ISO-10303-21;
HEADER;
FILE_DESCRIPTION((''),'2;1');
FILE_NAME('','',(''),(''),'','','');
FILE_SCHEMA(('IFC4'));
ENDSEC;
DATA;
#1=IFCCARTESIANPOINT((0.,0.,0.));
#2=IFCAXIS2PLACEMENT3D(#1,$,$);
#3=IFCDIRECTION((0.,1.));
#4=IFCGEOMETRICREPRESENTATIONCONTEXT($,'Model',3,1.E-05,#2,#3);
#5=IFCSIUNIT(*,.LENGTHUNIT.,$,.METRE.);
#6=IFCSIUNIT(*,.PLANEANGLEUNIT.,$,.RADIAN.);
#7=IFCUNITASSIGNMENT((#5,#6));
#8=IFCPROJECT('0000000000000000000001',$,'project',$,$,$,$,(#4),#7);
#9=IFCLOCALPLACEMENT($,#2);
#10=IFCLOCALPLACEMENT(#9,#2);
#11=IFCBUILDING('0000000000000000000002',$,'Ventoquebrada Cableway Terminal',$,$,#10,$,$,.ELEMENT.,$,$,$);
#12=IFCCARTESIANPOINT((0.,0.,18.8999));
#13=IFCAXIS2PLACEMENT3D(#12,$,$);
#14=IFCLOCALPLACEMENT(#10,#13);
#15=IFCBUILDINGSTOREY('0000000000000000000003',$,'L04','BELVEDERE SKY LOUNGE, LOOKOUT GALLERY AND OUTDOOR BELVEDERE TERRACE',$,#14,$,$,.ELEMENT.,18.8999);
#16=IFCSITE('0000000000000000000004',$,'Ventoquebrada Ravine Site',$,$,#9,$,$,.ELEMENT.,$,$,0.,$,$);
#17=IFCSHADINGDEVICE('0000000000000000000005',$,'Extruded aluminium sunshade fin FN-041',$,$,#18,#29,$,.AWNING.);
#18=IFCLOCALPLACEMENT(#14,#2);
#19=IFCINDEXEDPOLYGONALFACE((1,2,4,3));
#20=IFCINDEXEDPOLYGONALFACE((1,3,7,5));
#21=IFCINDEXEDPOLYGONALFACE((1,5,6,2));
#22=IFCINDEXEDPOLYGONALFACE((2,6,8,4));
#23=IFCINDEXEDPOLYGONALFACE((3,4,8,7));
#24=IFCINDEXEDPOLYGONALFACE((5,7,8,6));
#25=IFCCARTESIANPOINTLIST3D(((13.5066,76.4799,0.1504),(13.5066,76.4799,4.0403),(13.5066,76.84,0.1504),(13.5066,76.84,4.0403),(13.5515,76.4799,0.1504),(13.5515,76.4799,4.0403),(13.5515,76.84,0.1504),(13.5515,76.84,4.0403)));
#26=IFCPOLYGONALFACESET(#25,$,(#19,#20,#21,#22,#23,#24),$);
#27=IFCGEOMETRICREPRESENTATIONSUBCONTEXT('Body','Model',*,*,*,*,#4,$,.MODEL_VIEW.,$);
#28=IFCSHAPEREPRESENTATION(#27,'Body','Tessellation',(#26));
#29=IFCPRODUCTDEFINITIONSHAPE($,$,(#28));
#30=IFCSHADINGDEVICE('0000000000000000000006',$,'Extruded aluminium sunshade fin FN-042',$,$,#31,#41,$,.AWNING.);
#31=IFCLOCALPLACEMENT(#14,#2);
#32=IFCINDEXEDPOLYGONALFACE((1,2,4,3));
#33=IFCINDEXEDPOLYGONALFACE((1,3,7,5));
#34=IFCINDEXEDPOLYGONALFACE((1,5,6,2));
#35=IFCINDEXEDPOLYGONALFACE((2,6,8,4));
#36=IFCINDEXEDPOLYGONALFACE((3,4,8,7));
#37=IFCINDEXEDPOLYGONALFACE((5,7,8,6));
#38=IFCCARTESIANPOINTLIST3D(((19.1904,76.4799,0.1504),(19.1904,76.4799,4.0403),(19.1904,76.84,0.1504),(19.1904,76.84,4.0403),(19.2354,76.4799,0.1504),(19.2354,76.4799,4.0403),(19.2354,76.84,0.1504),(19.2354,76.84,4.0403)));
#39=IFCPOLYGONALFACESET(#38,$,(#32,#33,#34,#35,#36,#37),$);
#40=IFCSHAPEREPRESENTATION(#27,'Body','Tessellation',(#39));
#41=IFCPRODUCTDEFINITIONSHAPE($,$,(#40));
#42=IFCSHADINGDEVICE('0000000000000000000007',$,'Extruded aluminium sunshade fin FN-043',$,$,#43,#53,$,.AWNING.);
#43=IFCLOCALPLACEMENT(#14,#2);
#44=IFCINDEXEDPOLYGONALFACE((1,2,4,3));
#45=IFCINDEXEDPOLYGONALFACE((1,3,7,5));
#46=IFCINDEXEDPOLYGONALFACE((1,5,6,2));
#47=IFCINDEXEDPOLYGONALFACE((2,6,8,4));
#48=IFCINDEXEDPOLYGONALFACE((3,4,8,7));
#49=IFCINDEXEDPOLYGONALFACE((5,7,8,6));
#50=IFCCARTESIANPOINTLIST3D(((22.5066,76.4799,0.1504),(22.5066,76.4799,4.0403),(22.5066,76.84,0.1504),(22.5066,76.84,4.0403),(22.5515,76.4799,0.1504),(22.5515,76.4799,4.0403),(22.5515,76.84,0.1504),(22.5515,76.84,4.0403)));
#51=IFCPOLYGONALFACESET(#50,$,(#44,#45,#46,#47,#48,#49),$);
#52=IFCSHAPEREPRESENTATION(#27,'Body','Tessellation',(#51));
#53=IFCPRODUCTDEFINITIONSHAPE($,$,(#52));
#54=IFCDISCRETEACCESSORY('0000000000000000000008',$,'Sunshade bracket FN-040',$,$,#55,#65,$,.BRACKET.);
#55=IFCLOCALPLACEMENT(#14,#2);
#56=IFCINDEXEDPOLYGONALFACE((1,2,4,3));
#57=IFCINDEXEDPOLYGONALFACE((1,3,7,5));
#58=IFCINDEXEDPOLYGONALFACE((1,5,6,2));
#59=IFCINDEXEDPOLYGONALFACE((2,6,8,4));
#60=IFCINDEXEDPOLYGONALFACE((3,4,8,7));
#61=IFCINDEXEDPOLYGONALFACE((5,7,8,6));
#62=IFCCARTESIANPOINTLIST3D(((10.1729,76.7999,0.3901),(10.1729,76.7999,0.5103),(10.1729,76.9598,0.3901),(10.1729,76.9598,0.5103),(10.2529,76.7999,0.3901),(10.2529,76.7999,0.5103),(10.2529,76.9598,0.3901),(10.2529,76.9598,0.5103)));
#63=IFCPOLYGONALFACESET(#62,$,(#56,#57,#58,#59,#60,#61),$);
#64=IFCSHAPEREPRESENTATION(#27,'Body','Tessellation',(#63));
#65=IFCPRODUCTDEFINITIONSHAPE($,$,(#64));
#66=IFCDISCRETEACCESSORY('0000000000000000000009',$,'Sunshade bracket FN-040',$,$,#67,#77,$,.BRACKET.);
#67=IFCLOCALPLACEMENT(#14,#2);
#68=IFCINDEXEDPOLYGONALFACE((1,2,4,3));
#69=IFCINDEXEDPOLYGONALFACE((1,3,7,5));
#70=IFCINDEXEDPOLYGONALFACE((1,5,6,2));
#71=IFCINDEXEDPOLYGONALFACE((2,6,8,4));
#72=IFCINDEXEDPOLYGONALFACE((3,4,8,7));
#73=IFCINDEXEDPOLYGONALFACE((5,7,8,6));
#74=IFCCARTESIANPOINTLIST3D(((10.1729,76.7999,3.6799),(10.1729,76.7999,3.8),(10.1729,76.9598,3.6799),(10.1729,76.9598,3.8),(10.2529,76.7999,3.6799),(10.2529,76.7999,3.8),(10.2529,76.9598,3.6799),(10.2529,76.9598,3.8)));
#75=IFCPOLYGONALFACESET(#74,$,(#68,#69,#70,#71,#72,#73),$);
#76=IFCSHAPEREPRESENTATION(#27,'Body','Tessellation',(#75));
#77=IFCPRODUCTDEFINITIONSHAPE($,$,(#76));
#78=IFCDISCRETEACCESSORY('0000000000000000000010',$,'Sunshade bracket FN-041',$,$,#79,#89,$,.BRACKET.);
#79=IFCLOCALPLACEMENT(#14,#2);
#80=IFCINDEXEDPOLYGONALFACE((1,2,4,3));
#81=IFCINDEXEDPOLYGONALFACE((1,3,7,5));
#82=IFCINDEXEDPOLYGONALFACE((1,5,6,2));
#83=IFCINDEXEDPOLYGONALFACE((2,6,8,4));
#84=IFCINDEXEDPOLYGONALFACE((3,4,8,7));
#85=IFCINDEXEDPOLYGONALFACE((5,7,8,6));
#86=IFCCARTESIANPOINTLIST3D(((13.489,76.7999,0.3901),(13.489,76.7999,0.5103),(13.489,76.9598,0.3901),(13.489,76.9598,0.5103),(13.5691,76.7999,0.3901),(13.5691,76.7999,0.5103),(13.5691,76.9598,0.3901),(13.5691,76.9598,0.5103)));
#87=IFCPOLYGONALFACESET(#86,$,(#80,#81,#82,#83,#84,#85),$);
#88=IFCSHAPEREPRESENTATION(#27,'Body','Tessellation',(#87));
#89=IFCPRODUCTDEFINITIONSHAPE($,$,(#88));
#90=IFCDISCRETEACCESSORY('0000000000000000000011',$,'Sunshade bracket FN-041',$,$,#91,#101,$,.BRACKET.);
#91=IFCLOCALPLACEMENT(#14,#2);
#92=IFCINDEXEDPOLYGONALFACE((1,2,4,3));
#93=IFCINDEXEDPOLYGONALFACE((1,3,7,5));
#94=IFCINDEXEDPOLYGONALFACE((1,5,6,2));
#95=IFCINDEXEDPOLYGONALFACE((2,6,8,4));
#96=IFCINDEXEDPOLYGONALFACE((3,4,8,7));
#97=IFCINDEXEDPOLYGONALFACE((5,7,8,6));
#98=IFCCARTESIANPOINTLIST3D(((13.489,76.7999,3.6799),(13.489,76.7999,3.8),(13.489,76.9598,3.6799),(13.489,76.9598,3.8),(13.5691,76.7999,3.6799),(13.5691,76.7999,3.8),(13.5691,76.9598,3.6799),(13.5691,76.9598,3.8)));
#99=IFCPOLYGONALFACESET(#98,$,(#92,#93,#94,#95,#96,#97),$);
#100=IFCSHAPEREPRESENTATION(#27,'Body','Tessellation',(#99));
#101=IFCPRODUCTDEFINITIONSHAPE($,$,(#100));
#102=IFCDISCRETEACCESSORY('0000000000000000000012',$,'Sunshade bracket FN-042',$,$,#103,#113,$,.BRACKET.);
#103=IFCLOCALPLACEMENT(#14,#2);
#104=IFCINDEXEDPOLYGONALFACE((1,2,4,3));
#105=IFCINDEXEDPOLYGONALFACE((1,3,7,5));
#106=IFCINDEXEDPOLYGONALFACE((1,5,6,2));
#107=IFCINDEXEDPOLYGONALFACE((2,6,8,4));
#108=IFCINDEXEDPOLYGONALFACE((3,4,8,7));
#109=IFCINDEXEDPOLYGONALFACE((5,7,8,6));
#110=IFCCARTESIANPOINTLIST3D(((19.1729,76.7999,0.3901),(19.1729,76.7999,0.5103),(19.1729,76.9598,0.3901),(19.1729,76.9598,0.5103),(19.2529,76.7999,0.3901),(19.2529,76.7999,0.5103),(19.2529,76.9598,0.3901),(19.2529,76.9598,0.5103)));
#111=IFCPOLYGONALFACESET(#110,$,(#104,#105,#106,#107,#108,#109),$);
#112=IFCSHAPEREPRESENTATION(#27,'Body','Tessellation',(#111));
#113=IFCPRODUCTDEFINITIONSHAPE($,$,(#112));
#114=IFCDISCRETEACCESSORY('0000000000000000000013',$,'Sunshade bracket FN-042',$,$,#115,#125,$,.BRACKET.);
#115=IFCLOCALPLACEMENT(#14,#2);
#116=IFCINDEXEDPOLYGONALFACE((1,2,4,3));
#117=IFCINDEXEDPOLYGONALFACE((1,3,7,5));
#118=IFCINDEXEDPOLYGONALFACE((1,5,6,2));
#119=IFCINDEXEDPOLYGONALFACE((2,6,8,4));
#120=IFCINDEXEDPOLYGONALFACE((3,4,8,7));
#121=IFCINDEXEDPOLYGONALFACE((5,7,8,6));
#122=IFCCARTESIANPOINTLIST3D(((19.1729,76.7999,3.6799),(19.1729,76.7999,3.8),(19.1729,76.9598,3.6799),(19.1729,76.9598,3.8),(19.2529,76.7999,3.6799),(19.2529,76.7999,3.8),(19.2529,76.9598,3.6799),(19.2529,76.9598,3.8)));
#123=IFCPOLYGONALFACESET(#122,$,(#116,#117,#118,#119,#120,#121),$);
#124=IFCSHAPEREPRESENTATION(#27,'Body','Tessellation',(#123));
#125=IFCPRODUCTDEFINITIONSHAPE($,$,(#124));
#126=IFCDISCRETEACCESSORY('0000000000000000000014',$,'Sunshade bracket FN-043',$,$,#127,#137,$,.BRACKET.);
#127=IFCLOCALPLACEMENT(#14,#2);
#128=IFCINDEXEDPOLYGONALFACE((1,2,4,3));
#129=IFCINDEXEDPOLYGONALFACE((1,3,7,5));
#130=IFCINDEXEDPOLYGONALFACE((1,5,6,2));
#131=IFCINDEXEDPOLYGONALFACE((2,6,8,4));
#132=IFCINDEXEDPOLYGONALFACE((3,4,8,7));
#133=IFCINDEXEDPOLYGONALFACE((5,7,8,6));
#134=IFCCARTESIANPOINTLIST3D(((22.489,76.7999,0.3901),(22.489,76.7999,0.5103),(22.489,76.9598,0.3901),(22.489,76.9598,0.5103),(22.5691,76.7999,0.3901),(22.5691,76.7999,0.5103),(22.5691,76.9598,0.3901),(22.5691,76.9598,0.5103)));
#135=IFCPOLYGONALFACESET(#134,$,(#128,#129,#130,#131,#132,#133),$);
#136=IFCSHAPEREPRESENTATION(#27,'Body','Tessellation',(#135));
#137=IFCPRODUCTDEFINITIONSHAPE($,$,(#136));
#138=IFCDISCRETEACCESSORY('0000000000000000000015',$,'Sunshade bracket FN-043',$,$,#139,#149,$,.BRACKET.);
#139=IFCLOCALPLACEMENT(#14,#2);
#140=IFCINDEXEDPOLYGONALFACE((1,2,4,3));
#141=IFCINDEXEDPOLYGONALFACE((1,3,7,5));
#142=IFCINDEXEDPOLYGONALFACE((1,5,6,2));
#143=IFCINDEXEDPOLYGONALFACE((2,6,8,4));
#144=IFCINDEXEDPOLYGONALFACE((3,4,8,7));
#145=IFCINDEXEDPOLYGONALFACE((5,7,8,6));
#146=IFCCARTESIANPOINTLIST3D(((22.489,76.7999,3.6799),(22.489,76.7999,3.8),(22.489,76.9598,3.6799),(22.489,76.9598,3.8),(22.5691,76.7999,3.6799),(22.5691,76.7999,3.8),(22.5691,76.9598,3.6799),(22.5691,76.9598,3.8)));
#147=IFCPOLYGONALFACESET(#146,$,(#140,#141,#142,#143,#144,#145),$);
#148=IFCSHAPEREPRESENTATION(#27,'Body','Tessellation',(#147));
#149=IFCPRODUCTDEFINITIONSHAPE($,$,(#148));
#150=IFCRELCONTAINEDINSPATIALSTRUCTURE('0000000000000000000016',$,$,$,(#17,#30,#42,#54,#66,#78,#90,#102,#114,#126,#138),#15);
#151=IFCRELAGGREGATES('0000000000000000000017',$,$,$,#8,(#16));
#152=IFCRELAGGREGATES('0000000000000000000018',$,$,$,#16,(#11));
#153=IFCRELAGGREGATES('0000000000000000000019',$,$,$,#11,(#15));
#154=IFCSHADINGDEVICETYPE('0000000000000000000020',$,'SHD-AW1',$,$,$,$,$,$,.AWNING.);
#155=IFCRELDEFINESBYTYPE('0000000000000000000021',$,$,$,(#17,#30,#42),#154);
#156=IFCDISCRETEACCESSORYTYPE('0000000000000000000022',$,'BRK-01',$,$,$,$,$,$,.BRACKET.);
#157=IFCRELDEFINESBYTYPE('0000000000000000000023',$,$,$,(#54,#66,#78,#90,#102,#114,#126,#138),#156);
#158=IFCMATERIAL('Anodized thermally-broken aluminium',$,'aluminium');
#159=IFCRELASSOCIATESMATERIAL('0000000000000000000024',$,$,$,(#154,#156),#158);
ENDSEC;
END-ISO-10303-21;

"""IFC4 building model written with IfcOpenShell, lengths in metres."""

from ifc_helpers import new_model, si_unit, direction, frame, origin, origin_2d, place, context, subcontext, project, spatial, rectangle, extrude, material, type_object, element, save


model = new_model("IFC4")

# Units and contexts
model_context = context("Model", 3, precision=1e-05, world=origin(), true_north=direction((0.0, 1.0)))
body_context = subcontext(model_context, "Body", "Model", "MODEL_VIEW")
ifc_project = project(units=[si_unit("LENGTHUNIT", "METRE"), si_unit("PLANEANGLEUNIT", "RADIAN")], contexts=[model_context])

# Site, building, storey
site_placement = place(None, origin())
site = spatial("IfcSite", under=ifc_project, at=site_placement, Name="Ventoquebrada Ravine Site", CompositionType="ELEMENT", RefElevation=0.0)
building_placement = place(site_placement, origin())
building = spatial("IfcBuilding", under=site, at=building_placement, Name="Ventoquebrada Cableway Terminal", CompositionType="ELEMENT")
storey_placement = place(building_placement, frame((0.0, 0.0, 18.8999)))
storey = spatial("IfcBuildingStorey", under=building, at=storey_placement, Name="L04", Description="BELVEDERE SKY LOUNGE, LOOKOUT GALLERY AND OUTDOOR BELVEDERE TERRACE", CompositionType="ELEMENT", Elevation=18.8999)

# Shared definitions
ifc_material_1 = material(Name="Anodized thermally-broken aluminium", Category="aluminium")

# Shading devices
shading_device_type = type_object("IfcShadingDeviceType", Name="SHD-AW1", PredefinedType="AWNING", material=ifc_material_1)
for number, where, z_axis, x_axis, name in (
    (1, (13.5291, 76.6599, 0.1504), (0.0, 0.0, 1.0), (1.0, 0.0, 0.0), "Extruded aluminium sunshade fin FN-041"),
    (2, (19.2129, 76.6599, 0.1504), (0.0, 0.0, 1.0), (1.0, 0.0, 0.0), "Extruded aluminium sunshade fin FN-042"),
    (3, (22.5291, 76.6599, 0.1504), (0.0, 0.0, 1.0), (1.0, 0.0, 0.0), "Extruded aluminium sunshade fin FN-043"),
):
    element("IfcShadingDevice", number, at=place(storey_placement, frame(where, z_axis=z_axis, x_axis=x_axis)), inside=storey, type_object=shading_device_type, Name=name, PredefinedType="AWNING", context=body_context, shape_type="SweptSolid", body=[
        extrude(rectangle(XDim=0.0449, YDim=0.3601, at=origin_2d()), origin(), (0.0, 0.0, 1.0), 3.8899),
    ])

# Discrete accessories
discrete_accessory_type = type_object("IfcDiscreteAccessoryType", Name="BRK-01", PredefinedType="BRACKET", material=ifc_material_1)
for number, where, z_axis, x_axis, name in (
    (4, (10.2129, 76.8799, 0.3901), (0.0, 0.0, 1.0), (1.0, 0.0, 0.0), "Sunshade bracket FN-040"),
    (5, (10.2129, 76.8799, 3.6799), (0.0, 0.0, 1.0), (1.0, 0.0, 0.0), "Sunshade bracket FN-040"),
    (6, (13.5291, 76.8799, 0.3901), (0.0, 0.0, 1.0), (1.0, 0.0, 0.0), "Sunshade bracket FN-041"),
    (7, (13.5291, 76.8799, 3.6799), (0.0, 0.0, 1.0), (1.0, 0.0, 0.0), "Sunshade bracket FN-041"),
    (8, (19.2129, 76.8799, 0.3901), (0.0, 0.0, 1.0), (1.0, 0.0, 0.0), "Sunshade bracket FN-042"),
    (9, (19.2129, 76.8799, 3.6799), (0.0, 0.0, 1.0), (1.0, 0.0, 0.0), "Sunshade bracket FN-042"),
    (10, (22.5291, 76.8799, 0.3901), (0.0, 0.0, 1.0), (1.0, 0.0, 0.0), "Sunshade bracket FN-043"),
    (11, (22.5291, 76.8799, 3.6799), (0.0, 0.0, 1.0), (1.0, 0.0, 0.0), "Sunshade bracket FN-043"),
):
    element("IfcDiscreteAccessory", number, at=place(storey_placement, frame(where, z_axis=z_axis, x_axis=x_axis)), inside=storey, type_object=discrete_accessory_type, Name=name, PredefinedType="BRACKET", context=body_context, shape_type="SweptSolid", body=[
        extrude(rectangle(XDim=0.0801, YDim=0.1599, at=origin_2d()), origin(), (0.0, 0.0, 1.0), 0.1201),
    ])

save(model, "model.ifc")
